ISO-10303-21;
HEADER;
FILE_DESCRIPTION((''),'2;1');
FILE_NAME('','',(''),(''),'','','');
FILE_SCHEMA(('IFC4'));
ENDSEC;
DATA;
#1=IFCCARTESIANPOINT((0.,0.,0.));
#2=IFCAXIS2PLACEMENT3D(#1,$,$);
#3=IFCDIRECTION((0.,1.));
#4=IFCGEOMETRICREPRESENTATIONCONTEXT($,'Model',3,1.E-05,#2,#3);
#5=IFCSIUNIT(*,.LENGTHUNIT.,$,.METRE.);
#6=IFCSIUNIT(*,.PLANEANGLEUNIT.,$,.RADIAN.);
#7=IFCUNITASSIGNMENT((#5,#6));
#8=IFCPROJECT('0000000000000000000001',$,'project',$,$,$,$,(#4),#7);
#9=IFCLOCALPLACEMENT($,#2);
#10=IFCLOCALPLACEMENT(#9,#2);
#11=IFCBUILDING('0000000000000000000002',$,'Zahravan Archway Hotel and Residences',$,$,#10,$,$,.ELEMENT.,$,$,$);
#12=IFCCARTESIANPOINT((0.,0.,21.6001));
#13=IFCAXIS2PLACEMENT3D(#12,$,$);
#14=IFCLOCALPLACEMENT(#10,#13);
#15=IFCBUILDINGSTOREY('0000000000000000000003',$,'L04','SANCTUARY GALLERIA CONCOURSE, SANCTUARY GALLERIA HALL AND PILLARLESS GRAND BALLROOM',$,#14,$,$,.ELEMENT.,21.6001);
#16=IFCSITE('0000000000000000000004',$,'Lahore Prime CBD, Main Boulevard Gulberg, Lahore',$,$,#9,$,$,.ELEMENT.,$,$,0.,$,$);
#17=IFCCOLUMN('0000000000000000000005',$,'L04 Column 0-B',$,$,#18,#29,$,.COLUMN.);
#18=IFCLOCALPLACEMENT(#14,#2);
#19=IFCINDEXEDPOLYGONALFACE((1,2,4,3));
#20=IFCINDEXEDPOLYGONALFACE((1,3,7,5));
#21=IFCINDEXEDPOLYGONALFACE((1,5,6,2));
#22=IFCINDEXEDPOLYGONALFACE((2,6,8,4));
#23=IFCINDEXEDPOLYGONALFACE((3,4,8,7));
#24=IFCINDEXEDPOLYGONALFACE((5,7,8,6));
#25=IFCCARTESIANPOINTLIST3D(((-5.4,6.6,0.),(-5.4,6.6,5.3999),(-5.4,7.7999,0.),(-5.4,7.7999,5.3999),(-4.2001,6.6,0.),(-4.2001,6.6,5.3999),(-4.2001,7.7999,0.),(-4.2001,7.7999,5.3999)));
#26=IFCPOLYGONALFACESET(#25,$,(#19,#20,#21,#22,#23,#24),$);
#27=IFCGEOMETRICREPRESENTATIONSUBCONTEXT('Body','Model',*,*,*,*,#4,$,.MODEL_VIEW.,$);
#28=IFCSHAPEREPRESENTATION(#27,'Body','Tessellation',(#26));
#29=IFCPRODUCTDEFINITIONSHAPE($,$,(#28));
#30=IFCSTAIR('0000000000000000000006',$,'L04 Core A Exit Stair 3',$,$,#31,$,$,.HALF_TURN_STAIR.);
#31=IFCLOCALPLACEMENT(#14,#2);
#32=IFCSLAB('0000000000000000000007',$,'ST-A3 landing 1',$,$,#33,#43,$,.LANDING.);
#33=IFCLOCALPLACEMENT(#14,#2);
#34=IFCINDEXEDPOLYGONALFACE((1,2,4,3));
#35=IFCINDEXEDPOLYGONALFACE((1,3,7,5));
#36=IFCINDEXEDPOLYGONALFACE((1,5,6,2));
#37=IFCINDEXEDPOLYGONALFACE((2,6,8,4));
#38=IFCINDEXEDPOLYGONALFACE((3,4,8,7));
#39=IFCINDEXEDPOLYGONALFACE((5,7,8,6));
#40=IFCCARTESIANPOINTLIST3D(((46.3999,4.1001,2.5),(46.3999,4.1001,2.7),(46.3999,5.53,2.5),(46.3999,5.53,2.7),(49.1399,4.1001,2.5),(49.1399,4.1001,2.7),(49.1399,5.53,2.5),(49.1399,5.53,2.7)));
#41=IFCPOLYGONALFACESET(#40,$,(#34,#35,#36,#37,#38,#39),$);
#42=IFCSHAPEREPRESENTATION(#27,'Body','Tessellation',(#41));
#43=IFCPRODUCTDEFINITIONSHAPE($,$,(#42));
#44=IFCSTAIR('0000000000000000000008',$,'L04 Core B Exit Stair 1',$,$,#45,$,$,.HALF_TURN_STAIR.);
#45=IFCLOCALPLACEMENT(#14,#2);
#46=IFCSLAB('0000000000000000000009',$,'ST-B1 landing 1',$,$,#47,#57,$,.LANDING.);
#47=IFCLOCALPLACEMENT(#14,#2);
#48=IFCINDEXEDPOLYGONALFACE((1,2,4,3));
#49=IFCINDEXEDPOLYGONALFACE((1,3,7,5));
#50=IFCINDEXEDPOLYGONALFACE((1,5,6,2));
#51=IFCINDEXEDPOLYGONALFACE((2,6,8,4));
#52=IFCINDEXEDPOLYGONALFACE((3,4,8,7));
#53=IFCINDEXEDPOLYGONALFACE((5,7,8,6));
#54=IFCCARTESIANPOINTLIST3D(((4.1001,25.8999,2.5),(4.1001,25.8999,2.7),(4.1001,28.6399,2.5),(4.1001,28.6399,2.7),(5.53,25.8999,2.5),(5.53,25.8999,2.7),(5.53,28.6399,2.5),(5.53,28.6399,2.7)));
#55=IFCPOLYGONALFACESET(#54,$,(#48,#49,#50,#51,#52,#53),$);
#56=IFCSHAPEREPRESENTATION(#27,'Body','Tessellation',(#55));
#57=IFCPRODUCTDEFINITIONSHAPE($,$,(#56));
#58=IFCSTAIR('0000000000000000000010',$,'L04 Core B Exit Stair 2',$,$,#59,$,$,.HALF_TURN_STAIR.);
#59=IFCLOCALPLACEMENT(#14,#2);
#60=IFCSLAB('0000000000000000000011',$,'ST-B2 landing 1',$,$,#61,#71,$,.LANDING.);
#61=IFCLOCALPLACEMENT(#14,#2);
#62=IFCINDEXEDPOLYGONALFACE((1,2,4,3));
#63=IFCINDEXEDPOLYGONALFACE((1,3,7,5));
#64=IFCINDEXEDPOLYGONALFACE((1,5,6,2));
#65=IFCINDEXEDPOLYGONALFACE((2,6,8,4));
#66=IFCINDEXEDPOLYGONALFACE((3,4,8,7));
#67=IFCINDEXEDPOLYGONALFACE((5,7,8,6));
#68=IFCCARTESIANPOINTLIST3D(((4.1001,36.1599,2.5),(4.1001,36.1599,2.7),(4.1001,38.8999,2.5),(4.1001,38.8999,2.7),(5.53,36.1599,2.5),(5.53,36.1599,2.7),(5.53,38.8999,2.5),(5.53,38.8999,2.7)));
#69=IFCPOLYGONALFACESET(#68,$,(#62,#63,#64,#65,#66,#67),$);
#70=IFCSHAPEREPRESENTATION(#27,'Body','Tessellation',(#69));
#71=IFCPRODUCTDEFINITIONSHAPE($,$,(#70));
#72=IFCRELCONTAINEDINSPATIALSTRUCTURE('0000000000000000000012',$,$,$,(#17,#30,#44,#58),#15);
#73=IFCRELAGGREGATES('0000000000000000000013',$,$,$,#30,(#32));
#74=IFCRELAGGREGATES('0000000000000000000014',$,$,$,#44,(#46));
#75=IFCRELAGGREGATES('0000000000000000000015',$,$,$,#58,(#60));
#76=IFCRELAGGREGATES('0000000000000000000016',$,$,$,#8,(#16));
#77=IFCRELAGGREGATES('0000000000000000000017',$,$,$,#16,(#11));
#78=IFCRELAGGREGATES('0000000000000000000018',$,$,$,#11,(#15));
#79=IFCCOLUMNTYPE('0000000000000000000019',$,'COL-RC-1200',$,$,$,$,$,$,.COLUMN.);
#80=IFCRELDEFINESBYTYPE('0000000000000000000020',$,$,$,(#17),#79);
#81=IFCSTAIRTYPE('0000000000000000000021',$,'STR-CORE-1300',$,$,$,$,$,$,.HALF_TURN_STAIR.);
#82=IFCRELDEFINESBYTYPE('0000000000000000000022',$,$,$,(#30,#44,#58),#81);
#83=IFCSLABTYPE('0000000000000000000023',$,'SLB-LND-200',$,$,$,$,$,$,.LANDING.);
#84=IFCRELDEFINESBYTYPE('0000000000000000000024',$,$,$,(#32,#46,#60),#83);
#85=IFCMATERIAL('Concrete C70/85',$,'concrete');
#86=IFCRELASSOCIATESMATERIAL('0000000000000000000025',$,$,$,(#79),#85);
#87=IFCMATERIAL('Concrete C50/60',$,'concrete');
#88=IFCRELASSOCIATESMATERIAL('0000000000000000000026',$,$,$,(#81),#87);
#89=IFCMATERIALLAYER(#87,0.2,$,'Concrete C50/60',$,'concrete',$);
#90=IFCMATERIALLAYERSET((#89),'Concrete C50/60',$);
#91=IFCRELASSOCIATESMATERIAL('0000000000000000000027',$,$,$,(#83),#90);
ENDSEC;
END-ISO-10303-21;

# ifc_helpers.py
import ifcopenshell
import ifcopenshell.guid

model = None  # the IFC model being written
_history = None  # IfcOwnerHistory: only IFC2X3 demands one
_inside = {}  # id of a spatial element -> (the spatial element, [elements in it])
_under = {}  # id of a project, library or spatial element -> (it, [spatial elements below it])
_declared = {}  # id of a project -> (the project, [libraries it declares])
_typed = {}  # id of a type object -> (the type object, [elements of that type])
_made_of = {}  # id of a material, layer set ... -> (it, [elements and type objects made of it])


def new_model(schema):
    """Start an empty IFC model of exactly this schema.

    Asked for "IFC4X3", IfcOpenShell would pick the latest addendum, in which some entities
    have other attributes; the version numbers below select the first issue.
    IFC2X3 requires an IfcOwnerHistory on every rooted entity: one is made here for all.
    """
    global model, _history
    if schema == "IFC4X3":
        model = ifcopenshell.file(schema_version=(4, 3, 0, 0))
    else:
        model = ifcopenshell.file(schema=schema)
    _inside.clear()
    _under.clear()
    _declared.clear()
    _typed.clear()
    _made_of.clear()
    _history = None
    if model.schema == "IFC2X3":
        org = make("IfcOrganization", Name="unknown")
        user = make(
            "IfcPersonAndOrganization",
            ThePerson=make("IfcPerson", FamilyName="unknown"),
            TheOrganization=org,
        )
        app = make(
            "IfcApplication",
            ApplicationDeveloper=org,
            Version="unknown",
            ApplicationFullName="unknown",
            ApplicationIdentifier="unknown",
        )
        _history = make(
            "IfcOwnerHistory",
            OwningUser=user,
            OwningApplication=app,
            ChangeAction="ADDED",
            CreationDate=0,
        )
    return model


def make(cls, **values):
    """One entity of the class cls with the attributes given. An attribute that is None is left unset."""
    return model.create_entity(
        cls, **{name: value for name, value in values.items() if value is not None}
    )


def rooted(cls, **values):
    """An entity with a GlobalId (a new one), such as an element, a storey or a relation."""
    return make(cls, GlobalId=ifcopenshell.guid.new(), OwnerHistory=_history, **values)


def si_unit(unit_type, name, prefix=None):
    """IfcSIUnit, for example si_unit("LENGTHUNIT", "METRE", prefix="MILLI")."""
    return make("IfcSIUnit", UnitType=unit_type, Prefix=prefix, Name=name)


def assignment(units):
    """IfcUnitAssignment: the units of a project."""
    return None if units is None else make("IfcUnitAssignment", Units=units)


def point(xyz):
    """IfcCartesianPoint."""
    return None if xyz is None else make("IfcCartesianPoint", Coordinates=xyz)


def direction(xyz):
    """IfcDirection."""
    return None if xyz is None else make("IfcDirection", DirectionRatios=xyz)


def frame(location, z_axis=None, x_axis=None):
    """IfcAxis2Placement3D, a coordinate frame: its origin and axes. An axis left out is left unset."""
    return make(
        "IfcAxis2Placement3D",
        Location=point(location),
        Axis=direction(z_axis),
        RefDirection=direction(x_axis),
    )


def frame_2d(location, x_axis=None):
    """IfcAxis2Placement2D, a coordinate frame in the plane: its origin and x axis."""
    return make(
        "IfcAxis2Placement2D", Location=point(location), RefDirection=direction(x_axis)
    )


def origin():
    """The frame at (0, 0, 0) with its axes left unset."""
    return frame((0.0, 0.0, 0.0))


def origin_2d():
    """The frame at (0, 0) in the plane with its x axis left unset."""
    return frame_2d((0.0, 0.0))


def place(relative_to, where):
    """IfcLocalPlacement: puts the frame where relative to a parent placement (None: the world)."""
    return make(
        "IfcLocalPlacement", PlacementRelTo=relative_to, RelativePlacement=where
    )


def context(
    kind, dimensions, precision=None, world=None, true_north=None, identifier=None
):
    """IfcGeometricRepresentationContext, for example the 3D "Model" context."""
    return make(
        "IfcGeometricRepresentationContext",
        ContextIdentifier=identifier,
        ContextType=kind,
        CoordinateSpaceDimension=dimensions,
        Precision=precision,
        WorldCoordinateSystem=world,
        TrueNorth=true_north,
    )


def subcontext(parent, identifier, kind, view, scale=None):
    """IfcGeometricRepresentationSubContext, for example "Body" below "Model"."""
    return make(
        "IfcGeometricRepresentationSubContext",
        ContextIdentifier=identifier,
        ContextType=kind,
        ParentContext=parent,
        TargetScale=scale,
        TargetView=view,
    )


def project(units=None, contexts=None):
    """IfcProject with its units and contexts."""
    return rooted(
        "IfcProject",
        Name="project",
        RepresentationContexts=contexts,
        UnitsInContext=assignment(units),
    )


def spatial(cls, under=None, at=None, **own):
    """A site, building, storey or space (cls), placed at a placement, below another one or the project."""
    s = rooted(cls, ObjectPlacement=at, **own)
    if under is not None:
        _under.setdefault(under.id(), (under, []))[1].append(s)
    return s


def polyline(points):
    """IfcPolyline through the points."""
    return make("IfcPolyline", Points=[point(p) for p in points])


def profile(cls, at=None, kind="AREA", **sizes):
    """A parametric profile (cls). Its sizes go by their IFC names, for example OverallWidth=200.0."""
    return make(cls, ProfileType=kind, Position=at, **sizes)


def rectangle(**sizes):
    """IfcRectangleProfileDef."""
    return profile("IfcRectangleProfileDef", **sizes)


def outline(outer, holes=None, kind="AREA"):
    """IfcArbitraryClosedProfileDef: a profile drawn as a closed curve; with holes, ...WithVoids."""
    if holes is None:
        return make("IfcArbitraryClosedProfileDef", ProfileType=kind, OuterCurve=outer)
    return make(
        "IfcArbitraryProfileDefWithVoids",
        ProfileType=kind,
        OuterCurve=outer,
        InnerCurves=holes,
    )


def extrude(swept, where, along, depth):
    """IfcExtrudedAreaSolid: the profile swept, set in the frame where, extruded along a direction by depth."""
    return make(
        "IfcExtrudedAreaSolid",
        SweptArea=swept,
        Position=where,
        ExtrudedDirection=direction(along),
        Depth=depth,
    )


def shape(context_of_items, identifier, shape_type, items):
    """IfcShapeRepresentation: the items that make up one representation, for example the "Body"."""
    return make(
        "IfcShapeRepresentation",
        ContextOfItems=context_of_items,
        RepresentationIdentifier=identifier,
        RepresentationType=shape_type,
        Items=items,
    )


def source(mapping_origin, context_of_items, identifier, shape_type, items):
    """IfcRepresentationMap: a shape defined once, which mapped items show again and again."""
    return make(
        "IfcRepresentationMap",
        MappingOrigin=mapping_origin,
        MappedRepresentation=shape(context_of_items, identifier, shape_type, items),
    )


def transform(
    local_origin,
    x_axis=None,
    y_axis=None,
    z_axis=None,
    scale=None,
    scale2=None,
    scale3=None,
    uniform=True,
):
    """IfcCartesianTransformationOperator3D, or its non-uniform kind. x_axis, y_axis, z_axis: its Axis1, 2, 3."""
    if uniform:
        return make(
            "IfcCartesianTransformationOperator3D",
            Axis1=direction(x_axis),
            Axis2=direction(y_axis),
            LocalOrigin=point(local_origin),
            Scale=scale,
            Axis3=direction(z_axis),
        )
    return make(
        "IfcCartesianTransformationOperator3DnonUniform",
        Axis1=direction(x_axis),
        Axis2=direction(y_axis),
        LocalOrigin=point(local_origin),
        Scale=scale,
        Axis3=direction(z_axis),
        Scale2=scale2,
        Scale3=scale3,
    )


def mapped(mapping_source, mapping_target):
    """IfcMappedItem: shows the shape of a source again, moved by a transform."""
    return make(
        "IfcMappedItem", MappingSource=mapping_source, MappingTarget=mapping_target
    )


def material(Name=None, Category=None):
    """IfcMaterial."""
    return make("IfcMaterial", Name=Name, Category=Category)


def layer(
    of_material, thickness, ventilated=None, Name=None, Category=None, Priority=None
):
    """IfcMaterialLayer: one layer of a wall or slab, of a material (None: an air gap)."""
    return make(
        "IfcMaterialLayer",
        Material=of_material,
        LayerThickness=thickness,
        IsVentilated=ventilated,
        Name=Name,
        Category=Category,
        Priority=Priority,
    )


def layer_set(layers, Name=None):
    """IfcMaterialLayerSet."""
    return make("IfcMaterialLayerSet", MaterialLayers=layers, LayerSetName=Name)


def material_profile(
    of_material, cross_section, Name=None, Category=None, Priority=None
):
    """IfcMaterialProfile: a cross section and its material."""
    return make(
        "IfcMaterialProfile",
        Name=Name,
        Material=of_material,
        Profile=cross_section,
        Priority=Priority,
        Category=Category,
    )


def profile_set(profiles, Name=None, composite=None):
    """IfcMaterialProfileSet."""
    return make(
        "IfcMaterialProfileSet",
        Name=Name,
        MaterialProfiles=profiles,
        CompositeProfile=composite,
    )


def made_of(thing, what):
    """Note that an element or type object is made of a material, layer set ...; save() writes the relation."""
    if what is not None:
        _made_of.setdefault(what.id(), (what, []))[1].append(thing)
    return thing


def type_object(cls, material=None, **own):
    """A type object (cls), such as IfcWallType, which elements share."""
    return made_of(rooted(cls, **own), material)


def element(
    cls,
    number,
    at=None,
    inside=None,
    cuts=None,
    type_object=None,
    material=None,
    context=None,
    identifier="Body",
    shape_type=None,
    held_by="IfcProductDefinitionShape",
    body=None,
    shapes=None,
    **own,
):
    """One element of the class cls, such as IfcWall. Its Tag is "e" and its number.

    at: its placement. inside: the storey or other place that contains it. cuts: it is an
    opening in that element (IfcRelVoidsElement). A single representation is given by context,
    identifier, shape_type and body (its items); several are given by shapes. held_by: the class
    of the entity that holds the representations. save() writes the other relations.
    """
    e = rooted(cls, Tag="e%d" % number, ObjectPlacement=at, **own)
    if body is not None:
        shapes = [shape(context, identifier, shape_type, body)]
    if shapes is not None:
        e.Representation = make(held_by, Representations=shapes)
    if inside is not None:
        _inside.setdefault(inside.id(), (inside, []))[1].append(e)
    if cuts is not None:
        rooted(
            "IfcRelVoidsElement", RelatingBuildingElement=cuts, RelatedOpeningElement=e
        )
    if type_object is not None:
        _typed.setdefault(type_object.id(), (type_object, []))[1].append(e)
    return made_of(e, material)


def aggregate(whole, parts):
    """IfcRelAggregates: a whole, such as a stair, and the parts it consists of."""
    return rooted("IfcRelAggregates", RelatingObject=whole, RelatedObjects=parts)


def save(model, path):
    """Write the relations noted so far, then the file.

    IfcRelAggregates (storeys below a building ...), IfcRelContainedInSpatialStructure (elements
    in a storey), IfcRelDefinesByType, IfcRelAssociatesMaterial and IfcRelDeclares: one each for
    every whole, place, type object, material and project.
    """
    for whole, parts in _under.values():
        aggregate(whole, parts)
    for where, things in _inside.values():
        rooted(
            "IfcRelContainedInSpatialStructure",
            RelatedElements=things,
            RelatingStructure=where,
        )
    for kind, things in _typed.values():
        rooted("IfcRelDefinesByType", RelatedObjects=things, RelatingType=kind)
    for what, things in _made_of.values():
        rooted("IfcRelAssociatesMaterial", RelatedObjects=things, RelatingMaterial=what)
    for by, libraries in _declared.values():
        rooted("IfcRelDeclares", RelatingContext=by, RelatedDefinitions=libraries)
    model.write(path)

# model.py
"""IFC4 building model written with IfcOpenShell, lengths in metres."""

from ifc_helpers import new_model, si_unit, direction, frame, origin, origin_2d, place, context, subcontext, project, spatial, polyline, rectangle, outline, extrude, source, transform, mapped, material, layer, layer_set, material_profile, profile_set, type_object, element, aggregate, save


model = new_model("IFC4")

# Units and contexts
model_context = context("Model", 3, precision=1e-05, world=origin(), true_north=direction((0.0, 1.0)))
body_context = subcontext(model_context, "Body", "Model", "MODEL_VIEW")
ifc_project = project(units=[si_unit("LENGTHUNIT", "METRE"), si_unit("PLANEANGLEUNIT", "RADIAN")], contexts=[model_context])

# Site, building, storey
site_placement = place(None, origin())
site = spatial("IfcSite", under=ifc_project, at=site_placement, Name="Lahore Prime CBD, Main Boulevard Gulberg, Lahore", CompositionType="ELEMENT", RefElevation=0.0)
building_placement = place(site_placement, origin())
building = spatial("IfcBuilding", under=site, at=building_placement, Name="Zahravan Archway Hotel and Residences", CompositionType="ELEMENT")
storey_placement = place(building_placement, frame((0.0, 0.0, 21.6001)))
storey = spatial("IfcBuildingStorey", under=building, at=storey_placement, Name="L04", Description="SANCTUARY GALLERIA CONCOURSE, SANCTUARY GALLERIA HALL AND PILLARLESS GRAND BALLROOM", CompositionType="ELEMENT", Elevation=21.6001)

# Column
ifc_material_1 = material(Name="Concrete C70/85", Category="concrete")
ifc_material_profile = material_profile(ifc_material_1, rectangle(XDim=1.2, YDim=1.2, at=origin_2d()), Name="RC-COL-1200x1200", Category="concrete")
ifc_profile_set = profile_set([ifc_material_profile], Name="Concrete C70/85")
column_type = type_object("IfcColumnType", Name="COL-RC-1200", PredefinedType="COLUMN", material=ifc_profile_set)
shared_shape_1 = source(origin(), body_context, "Body", "SweptSolid", [
    extrude(rectangle(XDim=1.2, YDim=1.2, at=origin_2d()), origin(), (0.0, 0.0, 1.0), 5.3999),
])
column_placement = place(storey_placement, frame((-4.8, 7.2, 0.0), z_axis=(0.0, 0.0, 1.0), x_axis=(1.0, 0.0, 0.0)))
element("IfcColumn", 1, at=column_placement, inside=storey, type_object=column_type, Name="L04 Column 0-B", PredefinedType="COLUMN", context=body_context, shape_type="MappedRepresentation", body=[
    mapped(shared_shape_1, transform((0.0, 0.0, 0.0), scale=1.0)),
])

# Stairs, slabs
ifc_material_2 = material(Name="Concrete C50/60", Category="concrete")
stair_type = type_object("IfcStairType", Name="STR-CORE-1300", PredefinedType="HALF_TURN_STAIR", material=ifc_material_2)
stair_1_placement = place(storey_placement, origin())
stair_1 = element("IfcStair", 2, at=stair_1_placement, inside=storey, type_object=stair_type, Name="L04 Core A Exit Stair 3", PredefinedType="HALF_TURN_STAIR")
ifc_layer_1 = layer(ifc_material_2, 0.2, Name="Concrete C50/60", Category="concrete")
ifc_layer_set_1 = layer_set([ifc_layer_1], Name="Concrete C50/60")
slab_type = type_object("IfcSlabType", Name="SLB-LND-200", PredefinedType="LANDING", material=ifc_layer_set_1)
slab_1_placement = place(storey_placement, frame((0.0, 0.0, 2.5)))
slab_1 = element("IfcSlab", 3, at=slab_1_placement, type_object=slab_type, Name="ST-A3 landing 1", PredefinedType="LANDING", context=body_context, shape_type="SweptSolid", body=[
    extrude(outline(polyline([(46.3999, 5.53), (46.3999, 4.1001), (49.1399, 4.1001), (49.1399, 5.53), (46.3999, 5.53)])), origin(), (0.0, 0.0, 1.0), 0.2),
])
aggregate(stair_1, [slab_1])
stair_2_placement = place(storey_placement, origin())
stair_2 = element("IfcStair", 4, at=stair_2_placement, inside=storey, type_object=stair_type, Name="L04 Core B Exit Stair 1", PredefinedType="HALF_TURN_STAIR")
slab_2_placement = place(storey_placement, frame((0.0, 0.0, 2.5)))
slab_2 = element("IfcSlab", 5, at=slab_2_placement, type_object=slab_type, Name="ST-B1 landing 1", PredefinedType="LANDING", context=body_context, shape_type="SweptSolid", body=[
    extrude(outline(polyline([(5.53, 28.6399), (4.1001, 28.6399), (4.1001, 25.8999), (5.53, 25.8999), (5.53, 28.6399)])), origin(), (0.0, 0.0, 1.0), 0.2),
])
aggregate(stair_2, [slab_2])
stair_3_placement = place(storey_placement, origin())
stair_3 = element("IfcStair", 6, at=stair_3_placement, inside=storey, type_object=stair_type, Name="L04 Core B Exit Stair 2", PredefinedType="HALF_TURN_STAIR")
slab_3_placement = place(storey_placement, frame((0.0, 0.0, 2.5)))
slab_3 = element("IfcSlab", 7, at=slab_3_placement, type_object=slab_type, Name="ST-B2 landing 1", PredefinedType="LANDING", context=body_context, shape_type="SweptSolid", body=[
    extrude(outline(polyline([(5.53, 38.8999), (4.1001, 38.8999), (4.1001, 36.1599), (5.53, 36.1599), (5.53, 38.8999)])), origin(), (0.0, 0.0, 1.0), 0.2),
])
aggregate(stair_3, [slab_3])

save(model, "model.ifc")
